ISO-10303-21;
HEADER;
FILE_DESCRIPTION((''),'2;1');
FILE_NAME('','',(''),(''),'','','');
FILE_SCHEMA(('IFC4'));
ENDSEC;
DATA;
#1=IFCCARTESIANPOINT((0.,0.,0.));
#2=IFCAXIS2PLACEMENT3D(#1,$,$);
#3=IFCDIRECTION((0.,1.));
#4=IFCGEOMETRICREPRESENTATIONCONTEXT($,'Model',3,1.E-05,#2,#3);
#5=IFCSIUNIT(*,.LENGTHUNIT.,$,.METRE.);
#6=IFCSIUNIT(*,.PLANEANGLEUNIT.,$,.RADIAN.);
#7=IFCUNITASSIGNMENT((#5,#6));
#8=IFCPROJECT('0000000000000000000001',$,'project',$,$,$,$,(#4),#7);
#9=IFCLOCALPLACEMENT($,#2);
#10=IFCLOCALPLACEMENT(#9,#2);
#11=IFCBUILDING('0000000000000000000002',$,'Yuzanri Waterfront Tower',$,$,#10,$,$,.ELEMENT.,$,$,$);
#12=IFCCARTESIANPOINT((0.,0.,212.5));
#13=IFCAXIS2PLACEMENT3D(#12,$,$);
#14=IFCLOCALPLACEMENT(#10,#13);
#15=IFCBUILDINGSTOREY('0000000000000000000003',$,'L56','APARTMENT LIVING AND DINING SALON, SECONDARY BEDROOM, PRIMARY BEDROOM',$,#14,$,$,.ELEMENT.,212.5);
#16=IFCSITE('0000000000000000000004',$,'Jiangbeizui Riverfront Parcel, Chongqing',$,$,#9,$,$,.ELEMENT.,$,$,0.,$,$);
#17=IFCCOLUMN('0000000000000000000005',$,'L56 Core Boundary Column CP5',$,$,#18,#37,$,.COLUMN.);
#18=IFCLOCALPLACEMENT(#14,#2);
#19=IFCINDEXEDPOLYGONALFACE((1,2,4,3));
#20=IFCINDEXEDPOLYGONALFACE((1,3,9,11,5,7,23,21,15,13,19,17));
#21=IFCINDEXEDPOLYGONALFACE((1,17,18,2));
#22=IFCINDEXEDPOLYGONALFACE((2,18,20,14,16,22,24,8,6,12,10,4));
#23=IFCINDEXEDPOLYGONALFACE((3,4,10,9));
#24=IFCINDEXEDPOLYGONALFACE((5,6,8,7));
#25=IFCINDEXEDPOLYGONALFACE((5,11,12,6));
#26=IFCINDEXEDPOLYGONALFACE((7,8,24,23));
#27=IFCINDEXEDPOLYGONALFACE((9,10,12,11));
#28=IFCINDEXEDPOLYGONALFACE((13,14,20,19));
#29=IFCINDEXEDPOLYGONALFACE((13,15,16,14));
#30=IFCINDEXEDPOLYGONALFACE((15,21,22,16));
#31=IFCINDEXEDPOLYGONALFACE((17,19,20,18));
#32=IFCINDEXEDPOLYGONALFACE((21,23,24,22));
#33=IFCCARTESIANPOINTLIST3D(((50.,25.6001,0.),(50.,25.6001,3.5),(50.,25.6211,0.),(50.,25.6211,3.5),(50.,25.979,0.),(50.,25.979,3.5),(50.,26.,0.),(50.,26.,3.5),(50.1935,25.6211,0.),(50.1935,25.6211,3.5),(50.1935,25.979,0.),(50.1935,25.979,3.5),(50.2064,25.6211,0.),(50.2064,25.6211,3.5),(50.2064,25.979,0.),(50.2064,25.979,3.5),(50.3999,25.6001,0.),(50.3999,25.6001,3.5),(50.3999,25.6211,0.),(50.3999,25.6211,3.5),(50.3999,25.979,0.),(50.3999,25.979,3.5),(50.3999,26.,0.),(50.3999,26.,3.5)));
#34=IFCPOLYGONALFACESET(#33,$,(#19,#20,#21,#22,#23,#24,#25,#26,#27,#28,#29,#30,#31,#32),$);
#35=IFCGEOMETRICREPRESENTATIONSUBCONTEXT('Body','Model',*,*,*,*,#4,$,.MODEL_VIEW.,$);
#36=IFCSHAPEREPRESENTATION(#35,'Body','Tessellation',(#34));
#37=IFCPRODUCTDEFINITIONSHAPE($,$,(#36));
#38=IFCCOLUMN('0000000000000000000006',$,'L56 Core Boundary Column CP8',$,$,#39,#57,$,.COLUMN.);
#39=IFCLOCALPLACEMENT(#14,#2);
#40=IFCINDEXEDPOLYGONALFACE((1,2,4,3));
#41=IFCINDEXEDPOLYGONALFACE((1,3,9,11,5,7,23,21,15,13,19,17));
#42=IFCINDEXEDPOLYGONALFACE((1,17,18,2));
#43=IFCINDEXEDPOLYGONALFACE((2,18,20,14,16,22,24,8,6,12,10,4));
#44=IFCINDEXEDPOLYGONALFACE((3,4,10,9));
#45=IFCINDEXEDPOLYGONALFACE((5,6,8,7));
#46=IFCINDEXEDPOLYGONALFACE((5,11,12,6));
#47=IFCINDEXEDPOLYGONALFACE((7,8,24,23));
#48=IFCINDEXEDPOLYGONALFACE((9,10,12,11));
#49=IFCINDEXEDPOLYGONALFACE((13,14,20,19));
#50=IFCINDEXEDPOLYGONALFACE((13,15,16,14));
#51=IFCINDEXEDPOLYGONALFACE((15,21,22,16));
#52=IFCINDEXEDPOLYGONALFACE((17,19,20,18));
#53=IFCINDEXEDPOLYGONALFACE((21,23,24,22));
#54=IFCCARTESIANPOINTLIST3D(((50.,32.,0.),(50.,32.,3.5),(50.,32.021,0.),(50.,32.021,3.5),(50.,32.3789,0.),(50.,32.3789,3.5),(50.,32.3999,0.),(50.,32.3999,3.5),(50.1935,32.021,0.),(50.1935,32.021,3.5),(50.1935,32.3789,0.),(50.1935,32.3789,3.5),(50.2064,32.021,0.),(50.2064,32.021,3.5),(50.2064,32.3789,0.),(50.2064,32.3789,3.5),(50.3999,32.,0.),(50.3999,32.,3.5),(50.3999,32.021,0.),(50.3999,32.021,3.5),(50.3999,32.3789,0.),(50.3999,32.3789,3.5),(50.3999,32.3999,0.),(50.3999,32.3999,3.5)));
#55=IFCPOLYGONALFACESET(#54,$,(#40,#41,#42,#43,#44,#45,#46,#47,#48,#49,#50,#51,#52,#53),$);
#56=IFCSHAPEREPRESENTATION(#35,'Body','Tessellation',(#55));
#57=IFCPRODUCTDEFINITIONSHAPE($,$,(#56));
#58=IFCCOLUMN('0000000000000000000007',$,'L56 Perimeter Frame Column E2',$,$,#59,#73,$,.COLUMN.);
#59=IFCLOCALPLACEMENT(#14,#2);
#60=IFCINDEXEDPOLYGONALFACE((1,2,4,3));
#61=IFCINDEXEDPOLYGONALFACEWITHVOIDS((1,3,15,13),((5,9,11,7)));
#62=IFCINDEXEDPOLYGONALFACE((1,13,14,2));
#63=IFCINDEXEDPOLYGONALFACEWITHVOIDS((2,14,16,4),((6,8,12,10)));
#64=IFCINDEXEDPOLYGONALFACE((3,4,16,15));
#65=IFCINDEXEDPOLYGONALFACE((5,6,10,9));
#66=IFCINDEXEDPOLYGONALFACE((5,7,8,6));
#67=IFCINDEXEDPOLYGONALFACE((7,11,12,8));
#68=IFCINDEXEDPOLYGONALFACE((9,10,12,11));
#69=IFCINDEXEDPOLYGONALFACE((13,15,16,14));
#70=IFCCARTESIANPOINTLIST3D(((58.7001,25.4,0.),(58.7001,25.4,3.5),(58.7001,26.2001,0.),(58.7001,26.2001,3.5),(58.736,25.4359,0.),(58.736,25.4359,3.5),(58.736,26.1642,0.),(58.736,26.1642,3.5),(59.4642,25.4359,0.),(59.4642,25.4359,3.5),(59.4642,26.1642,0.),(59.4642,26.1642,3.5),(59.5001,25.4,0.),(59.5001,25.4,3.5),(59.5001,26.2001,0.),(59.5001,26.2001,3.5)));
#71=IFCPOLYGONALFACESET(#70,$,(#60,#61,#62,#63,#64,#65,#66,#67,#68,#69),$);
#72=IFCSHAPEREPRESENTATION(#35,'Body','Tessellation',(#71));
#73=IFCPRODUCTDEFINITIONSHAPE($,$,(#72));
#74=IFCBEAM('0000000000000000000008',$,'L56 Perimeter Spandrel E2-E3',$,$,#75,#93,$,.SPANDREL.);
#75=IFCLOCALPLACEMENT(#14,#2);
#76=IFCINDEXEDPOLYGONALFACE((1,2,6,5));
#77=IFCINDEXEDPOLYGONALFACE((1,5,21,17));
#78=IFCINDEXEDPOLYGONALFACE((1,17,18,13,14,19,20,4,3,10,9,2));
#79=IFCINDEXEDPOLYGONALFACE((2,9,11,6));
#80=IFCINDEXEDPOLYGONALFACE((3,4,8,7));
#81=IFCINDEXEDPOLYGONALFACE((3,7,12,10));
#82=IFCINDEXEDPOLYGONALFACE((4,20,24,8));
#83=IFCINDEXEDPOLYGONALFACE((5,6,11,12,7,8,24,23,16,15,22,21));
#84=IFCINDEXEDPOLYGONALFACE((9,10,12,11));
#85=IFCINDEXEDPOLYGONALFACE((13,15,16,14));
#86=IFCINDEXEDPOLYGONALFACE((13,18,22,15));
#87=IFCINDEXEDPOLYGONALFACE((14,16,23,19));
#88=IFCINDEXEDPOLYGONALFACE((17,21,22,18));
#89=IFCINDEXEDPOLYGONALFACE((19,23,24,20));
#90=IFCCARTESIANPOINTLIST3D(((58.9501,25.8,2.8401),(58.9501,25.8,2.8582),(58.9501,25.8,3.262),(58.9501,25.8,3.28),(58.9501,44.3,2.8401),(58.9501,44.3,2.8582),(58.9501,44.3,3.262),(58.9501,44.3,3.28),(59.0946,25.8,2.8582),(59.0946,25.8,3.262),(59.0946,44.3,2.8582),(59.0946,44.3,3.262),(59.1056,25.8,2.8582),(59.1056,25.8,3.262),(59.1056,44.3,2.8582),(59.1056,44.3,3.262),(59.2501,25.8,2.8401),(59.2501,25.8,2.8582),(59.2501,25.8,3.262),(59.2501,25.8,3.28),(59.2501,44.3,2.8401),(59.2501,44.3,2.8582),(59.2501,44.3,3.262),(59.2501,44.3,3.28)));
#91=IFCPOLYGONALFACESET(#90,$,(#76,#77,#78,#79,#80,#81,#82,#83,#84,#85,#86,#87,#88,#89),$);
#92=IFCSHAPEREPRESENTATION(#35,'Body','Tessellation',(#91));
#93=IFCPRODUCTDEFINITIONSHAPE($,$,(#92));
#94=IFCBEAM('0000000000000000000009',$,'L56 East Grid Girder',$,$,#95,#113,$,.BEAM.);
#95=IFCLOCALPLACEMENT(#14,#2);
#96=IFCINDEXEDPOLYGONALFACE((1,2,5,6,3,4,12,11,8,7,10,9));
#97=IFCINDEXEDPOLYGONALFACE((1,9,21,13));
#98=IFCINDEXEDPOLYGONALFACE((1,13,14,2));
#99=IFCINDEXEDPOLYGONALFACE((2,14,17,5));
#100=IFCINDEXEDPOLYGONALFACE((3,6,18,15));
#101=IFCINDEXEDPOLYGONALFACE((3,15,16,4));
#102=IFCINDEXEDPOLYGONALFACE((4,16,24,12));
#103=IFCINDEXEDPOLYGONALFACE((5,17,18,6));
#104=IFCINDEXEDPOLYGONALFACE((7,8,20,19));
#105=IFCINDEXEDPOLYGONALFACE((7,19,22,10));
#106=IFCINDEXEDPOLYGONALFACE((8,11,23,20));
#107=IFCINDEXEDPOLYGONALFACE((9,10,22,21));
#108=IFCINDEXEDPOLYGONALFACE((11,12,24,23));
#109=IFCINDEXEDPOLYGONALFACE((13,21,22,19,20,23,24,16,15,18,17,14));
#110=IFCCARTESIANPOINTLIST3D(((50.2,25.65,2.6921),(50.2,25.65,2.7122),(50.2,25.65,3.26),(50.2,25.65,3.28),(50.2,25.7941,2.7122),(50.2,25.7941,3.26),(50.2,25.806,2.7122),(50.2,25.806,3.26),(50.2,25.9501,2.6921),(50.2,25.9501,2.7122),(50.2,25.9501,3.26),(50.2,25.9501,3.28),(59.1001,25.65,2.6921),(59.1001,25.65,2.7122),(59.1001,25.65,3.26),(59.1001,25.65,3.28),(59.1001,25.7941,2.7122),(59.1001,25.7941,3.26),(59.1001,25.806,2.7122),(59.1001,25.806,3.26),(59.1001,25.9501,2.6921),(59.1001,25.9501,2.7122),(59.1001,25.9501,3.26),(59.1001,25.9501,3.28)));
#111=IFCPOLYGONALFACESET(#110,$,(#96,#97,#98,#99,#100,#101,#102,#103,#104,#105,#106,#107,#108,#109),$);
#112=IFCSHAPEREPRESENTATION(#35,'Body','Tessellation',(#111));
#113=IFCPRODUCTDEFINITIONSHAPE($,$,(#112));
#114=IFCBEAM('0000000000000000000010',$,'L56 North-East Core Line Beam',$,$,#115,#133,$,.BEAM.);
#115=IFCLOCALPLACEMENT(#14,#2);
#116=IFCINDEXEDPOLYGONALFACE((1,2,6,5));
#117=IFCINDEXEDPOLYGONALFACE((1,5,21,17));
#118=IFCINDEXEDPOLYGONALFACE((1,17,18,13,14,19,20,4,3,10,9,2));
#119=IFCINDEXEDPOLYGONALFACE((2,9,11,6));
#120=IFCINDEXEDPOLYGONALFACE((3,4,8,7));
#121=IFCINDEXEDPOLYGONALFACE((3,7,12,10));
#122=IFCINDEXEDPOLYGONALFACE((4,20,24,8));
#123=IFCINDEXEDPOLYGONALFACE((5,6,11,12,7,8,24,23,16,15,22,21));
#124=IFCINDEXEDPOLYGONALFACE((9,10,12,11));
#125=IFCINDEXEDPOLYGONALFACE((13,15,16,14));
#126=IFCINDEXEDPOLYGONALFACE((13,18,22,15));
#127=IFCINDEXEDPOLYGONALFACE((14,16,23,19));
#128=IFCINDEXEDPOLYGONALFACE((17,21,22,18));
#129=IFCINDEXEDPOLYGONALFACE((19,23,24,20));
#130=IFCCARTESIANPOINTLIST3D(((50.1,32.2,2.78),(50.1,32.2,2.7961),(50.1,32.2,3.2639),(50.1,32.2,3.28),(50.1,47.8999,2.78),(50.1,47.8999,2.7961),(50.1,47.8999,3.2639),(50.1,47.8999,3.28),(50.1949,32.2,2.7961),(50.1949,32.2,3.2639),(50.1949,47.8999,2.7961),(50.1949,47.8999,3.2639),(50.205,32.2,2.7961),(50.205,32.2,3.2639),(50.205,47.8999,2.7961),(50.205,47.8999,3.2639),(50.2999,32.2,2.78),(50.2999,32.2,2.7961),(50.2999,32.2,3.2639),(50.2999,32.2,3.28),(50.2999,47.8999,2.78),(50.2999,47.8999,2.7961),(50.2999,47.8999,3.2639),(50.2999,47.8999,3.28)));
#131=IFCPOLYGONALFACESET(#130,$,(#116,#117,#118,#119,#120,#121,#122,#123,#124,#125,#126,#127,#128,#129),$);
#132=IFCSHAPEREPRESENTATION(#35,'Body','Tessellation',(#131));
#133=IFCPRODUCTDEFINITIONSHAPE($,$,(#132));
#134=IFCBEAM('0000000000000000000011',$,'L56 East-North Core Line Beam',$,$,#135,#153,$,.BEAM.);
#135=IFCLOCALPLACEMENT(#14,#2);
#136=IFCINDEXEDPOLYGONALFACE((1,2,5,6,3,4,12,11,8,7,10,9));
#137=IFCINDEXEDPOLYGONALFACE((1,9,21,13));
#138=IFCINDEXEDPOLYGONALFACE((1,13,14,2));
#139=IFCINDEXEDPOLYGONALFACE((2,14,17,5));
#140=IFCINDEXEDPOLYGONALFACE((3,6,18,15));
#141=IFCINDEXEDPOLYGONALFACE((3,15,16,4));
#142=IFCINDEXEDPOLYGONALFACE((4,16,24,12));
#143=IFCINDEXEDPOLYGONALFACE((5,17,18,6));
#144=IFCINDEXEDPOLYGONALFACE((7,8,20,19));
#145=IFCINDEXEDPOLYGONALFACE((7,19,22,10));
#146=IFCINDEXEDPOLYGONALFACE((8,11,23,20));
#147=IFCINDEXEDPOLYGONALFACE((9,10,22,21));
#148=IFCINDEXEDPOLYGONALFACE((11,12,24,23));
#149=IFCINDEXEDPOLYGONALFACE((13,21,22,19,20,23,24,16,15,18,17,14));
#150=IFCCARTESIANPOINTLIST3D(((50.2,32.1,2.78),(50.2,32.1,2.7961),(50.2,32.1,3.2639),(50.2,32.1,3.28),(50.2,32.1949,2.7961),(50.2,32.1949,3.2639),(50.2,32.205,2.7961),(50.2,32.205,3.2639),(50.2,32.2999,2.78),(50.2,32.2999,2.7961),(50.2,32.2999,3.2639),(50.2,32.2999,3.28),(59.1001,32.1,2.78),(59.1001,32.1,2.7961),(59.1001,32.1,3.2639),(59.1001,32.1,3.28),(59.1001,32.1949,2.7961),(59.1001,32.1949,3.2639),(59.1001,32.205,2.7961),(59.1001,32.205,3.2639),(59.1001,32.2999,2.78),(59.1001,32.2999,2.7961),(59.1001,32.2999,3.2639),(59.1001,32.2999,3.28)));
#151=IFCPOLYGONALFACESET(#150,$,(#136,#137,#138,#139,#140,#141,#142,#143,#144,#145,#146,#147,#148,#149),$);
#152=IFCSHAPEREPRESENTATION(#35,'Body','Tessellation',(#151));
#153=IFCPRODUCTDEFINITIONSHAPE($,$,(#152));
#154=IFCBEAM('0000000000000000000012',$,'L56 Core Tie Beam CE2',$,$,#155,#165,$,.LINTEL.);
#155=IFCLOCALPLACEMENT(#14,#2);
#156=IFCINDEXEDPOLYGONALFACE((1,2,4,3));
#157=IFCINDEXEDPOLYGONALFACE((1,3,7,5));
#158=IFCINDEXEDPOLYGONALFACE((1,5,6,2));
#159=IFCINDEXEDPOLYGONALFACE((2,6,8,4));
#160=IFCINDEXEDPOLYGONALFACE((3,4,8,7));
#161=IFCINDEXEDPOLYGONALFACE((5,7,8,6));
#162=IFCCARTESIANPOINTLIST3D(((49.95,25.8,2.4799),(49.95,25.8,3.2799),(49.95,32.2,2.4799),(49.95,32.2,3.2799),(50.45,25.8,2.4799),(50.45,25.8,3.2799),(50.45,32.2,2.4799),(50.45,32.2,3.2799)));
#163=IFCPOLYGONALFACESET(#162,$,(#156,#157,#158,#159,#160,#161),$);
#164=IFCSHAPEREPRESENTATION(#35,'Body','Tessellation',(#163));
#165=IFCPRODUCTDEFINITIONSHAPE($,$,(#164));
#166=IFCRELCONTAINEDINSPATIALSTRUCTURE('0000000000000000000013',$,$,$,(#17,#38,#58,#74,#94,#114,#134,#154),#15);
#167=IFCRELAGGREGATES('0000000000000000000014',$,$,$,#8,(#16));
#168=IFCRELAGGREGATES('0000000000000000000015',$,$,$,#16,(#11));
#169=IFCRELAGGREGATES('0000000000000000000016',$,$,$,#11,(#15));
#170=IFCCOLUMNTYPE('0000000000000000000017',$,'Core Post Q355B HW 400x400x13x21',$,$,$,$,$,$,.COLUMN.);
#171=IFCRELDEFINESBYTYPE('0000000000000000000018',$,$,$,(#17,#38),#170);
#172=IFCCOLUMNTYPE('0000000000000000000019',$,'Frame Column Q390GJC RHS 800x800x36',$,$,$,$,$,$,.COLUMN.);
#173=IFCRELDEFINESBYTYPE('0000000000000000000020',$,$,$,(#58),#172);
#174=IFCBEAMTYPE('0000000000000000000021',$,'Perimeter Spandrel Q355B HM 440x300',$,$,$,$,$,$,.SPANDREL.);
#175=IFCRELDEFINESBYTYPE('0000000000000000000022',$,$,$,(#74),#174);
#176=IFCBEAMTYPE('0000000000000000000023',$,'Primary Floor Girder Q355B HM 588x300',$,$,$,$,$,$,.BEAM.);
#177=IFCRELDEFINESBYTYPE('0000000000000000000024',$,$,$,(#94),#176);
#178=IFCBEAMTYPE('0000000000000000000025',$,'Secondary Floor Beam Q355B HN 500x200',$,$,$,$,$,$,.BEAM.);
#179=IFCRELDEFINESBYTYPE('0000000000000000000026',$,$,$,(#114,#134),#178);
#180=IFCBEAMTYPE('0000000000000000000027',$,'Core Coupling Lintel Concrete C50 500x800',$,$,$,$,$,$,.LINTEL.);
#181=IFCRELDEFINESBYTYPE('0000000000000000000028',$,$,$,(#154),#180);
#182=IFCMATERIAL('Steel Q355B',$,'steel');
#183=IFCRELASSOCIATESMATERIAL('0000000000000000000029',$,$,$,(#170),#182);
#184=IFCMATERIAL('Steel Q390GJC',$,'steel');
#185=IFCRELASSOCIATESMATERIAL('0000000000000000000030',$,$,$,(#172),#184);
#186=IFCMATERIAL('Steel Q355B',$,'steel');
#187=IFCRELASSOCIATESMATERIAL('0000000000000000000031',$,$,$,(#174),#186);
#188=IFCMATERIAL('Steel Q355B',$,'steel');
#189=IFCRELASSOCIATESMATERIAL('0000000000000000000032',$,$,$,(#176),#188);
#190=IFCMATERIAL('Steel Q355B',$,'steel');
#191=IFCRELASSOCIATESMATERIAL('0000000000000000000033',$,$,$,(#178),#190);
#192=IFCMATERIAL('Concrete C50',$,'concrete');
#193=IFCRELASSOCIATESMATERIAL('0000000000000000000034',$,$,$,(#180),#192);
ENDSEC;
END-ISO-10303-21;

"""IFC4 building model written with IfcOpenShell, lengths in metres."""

from ifc_helpers import new_model, si_unit, direction, frame, origin, origin_2d, place, context, subcontext, project, spatial, rectangle, hollow_rectangle, i_section, extrude, source, transform, mapped, material, material_profile, profile_set, type_object, element, save


model = new_model("IFC4")

# Units and contexts
model_context = context("Model", 3, precision=1e-05, world=origin(), true_north=direction((0.0, 1.0)))
body_context = subcontext(model_context, "Body", "Model", "MODEL_VIEW")
ifc_project = project(units=[si_unit("LENGTHUNIT", "METRE"), si_unit("PLANEANGLEUNIT", "RADIAN")], contexts=[model_context])

# Site, building, storey
site_placement = place(None, origin())
site = spatial("IfcSite", under=ifc_project, at=site_placement, Name="Jiangbeizui Riverfront Parcel, Chongqing", CompositionType="ELEMENT", RefElevation=0.0)
building_placement = place(site_placement, origin())
building = spatial("IfcBuilding", under=site, at=building_placement, Name="Yuzanri Waterfront Tower", CompositionType="ELEMENT")
storey_placement = place(building_placement, frame((0.0, 0.0, 212.5)))
storey = spatial("IfcBuildingStorey", under=building, at=storey_placement, Name="L56", Description="APARTMENT LIVING AND DINING SALON, SECONDARY BEDROOM, PRIMARY BEDROOM", CompositionType="ELEMENT", Elevation=212.5)

# Columns
ifc_material_1 = material(Name="Steel Q355B", Category="steel")
ifc_material_profile_1 = material_profile(ifc_material_1, i_section(OverallWidth=0.3999, OverallDepth=0.3999, WebThickness=0.0129, FlangeThickness=0.021, at=origin_2d()), Name="HW 400x400x13x21")
ifc_profile_set_1 = profile_set([ifc_material_profile_1], Name="Steel Q355B")
column_type_1 = type_object("IfcColumnType", Name="Core Post Q355B HW 400x400x13x21", PredefinedType="COLUMN", material=ifc_profile_set_1)
shared_shape_1 = source(origin(), body_context, "Body", "SweptSolid", [
    extrude(i_section(OverallWidth=0.3999, OverallDepth=0.3999, WebThickness=0.0129, FlangeThickness=0.021, at=origin_2d()), origin(), (0.0, 0.0, 1.0), 3.5),
])
for number, where, z_axis, x_axis, name in (
    (1, (50.2, 25.8, 0.0), (0.0, 0.0, 1.0), (1.0, 0.0, 0.0), "L56 Core Boundary Column CP5"),
    (2, (50.2, 32.2, 0.0), (0.0, 0.0, 1.0), (1.0, 0.0, 0.0), "L56 Core Boundary Column CP8"),
):
    element("IfcColumn", number, at=place(storey_placement, frame(where, z_axis=z_axis, x_axis=x_axis)), inside=storey, type_object=column_type_1, Name=name, PredefinedType="COLUMN", context=body_context, shape_type="MappedRepresentation", body=[
        mapped(shared_shape_1, transform((0.0, 0.0, 0.0), scale=1.0)),
    ])
ifc_material_2 = material(Name="Steel Q390GJC", Category="steel")
ifc_material_profile_2 = material_profile(ifc_material_2, hollow_rectangle(XDim=0.8, YDim=0.8, WallThickness=0.0359, at=origin_2d()), Name="RHS 800x800x36")
ifc_profile_set_2 = profile_set([ifc_material_profile_2], Name="Steel Q390GJC")
column_type_2 = type_object("IfcColumnType", Name="Frame Column Q390GJC RHS 800x800x36", PredefinedType="COLUMN", material=ifc_profile_set_2)
shared_shape_2 = source(origin(), body_context, "Body", "SweptSolid", [
    extrude(hollow_rectangle(XDim=0.8, YDim=0.8, WallThickness=0.0359, at=origin_2d()), origin(), (0.0, 0.0, 1.0), 3.5),
])
column_placement = place(storey_placement, frame((59.1001, 25.8, 0.0), z_axis=(0.0, 0.0, 1.0), x_axis=(1.0, 0.0, 0.0)))
element("IfcColumn", 3, at=column_placement, inside=storey, type_object=column_type_2, Name="L56 Perimeter Frame Column E2", PredefinedType="COLUMN", context=body_context, shape_type="MappedRepresentation", body=[
    mapped(shared_shape_2, transform((0.0, 0.0, 0.0), scale=1.0)),
])

# Beams
ifc_material_3 = material(Name="Steel Q355B", Category="steel")
ifc_material_profile_3 = material_profile(ifc_material_3, i_section(OverallWidth=0.3, OverallDepth=0.4399, WebThickness=0.011, FlangeThickness=0.0181, at=origin_2d()), Name="HM 440x300x11x18")
ifc_profile_set_3 = profile_set([ifc_material_profile_3], Name="Steel Q355B")
beam_type_1 = type_object("IfcBeamType", Name="Perimeter Spandrel Q355B HM 440x300", PredefinedType="SPANDREL", material=ifc_profile_set_3)
shared_shape_3 = source(origin(), body_context, "Body", "SweptSolid", [
    extrude(i_section(OverallWidth=0.3, OverallDepth=0.4399, WebThickness=0.011, FlangeThickness=0.0181, at=origin_2d()), origin(), (0.0, 0.0, 1.0), 18.5),
])
beam_1_placement = place(storey_placement, frame((59.1001, 25.8, 3.0601), z_axis=(0.0, 1.0, 0.0), x_axis=(-1.0, 0.0, 0.0)))
element("IfcBeam", 4, at=beam_1_placement, inside=storey, type_object=beam_type_1, Name="L56 Perimeter Spandrel E2-E3", PredefinedType="SPANDREL", context=body_context, shape_type="MappedRepresentation", body=[
    mapped(shared_shape_3, transform((0.0, 0.0, 0.0), scale=1.0)),
])
ifc_material_4 = material(Name="Steel Q355B", Category="steel")
ifc_material_profile_4 = material_profile(ifc_material_4, i_section(OverallWidth=0.3, OverallDepth=0.5879, WebThickness=0.012, FlangeThickness=0.02, at=origin_2d()), Name="HM 588x300x12x20")
ifc_profile_set_4 = profile_set([ifc_material_profile_4], Name="Steel Q355B")
beam_type_2 = type_object("IfcBeamType", Name="Primary Floor Girder Q355B HM 588x300", PredefinedType="BEAM", material=ifc_profile_set_4)
shared_shape_4 = source(origin(), body_context, "Body", "SweptSolid", [
    extrude(i_section(OverallWidth=0.3, OverallDepth=0.5879, WebThickness=0.012, FlangeThickness=0.02, at=origin_2d()), origin(), (0.0, 0.0, 1.0), 8.9001),
])
beam_2_placement = place(storey_placement, frame((50.2, 25.8, 2.9861), z_axis=(1.0, 0.0, 0.0), x_axis=(0.0, 1.0, 0.0)))
element("IfcBeam", 5, at=beam_2_placement, inside=storey, type_object=beam_type_2, Name="L56 East Grid Girder", PredefinedType="BEAM", context=body_context, shape_type="MappedRepresentation", body=[
    mapped(shared_shape_4, transform((0.0, 0.0, 0.0), scale=1.0)),
])
ifc_material_5 = material(Name="Steel Q355B", Category="steel")
ifc_material_profile_5 = material_profile(ifc_material_5, i_section(OverallWidth=0.2, OverallDepth=0.5, WebThickness=0.01, FlangeThickness=0.0161, at=origin_2d()), Name="HN 500x200x10x16")
ifc_profile_set_5 = profile_set([ifc_material_profile_5], Name="Steel Q355B")
beam_type_3 = type_object("IfcBeamType", Name="Secondary Floor Beam Q355B HN 500x200", PredefinedType="BEAM", material=ifc_profile_set_5)
shared_shape_5 = source(origin(), body_context, "Body", "SweptSolid", [
    extrude(i_section(OverallWidth=0.2, OverallDepth=0.5, WebThickness=0.01, FlangeThickness=0.0161, at=origin_2d()), origin(), (0.0, 0.0, 1.0), 15.7),
])
beam_3_placement = place(storey_placement, frame((50.2, 32.2, 3.03), z_axis=(0.0, 1.0, 0.0), x_axis=(-1.0, 0.0, 0.0)))
element("IfcBeam", 6, at=beam_3_placement, inside=storey, type_object=beam_type_3, Name="L56 North-East Core Line Beam", PredefinedType="BEAM", context=body_context, shape_type="MappedRepresentation", body=[
    mapped(shared_shape_5, transform((0.0, 0.0, 0.0), scale=1.0)),
])
shared_shape_6 = source(origin(), body_context, "Body", "SweptSolid", [
    extrude(i_section(OverallWidth=0.2, OverallDepth=0.5, WebThickness=0.01, FlangeThickness=0.0161, at=origin_2d()), origin(), (0.0, 0.0, 1.0), 8.9001),
])
beam_4_placement = place(storey_placement, frame((50.2, 32.2, 3.03), z_axis=(1.0, 0.0, 0.0), x_axis=(0.0, 1.0, 0.0)))
element("IfcBeam", 7, at=beam_4_placement, inside=storey, type_object=beam_type_3, Name="L56 East-North Core Line Beam", PredefinedType="BEAM", context=body_context, shape_type="MappedRepresentation", body=[
    mapped(shared_shape_6, transform((0.0, 0.0, 0.0), scale=1.0)),
])
ifc_material_6 = material(Name="Concrete C50", Category="concrete")
ifc_material_profile_6 = material_profile(ifc_material_6, rectangle(XDim=0.5, YDim=0.8, at=origin_2d()), Name="RC 500x800")
ifc_profile_set_6 = profile_set([ifc_material_profile_6], Name="Concrete C50")
beam_type_4 = type_object("IfcBeamType", Name="Core Coupling Lintel Concrete C50 500x800", PredefinedType="LINTEL", material=ifc_profile_set_6)
shared_shape_7 = source(origin(), body_context, "Body", "SweptSolid", [
    extrude(rectangle(XDim=0.5, YDim=0.8, at=origin_2d()), origin(), (0.0, 0.0, 1.0), 6.3999),
])
beam_5_placement = place(storey_placement, frame((50.2, 25.8, 2.8799), z_axis=(0.0, 1.0, 0.0), x_axis=(-1.0, 0.0, 0.0)))
element("IfcBeam", 8, at=beam_5_placement, inside=storey, type_object=beam_type_4, Name="L56 Core Tie Beam CE2", PredefinedType="LINTEL", context=body_context, shape_type="MappedRepresentation", body=[
    mapped(shared_shape_7, transform((0.0, 0.0, 0.0), scale=1.0)),
])

save(model, "model.ifc")
